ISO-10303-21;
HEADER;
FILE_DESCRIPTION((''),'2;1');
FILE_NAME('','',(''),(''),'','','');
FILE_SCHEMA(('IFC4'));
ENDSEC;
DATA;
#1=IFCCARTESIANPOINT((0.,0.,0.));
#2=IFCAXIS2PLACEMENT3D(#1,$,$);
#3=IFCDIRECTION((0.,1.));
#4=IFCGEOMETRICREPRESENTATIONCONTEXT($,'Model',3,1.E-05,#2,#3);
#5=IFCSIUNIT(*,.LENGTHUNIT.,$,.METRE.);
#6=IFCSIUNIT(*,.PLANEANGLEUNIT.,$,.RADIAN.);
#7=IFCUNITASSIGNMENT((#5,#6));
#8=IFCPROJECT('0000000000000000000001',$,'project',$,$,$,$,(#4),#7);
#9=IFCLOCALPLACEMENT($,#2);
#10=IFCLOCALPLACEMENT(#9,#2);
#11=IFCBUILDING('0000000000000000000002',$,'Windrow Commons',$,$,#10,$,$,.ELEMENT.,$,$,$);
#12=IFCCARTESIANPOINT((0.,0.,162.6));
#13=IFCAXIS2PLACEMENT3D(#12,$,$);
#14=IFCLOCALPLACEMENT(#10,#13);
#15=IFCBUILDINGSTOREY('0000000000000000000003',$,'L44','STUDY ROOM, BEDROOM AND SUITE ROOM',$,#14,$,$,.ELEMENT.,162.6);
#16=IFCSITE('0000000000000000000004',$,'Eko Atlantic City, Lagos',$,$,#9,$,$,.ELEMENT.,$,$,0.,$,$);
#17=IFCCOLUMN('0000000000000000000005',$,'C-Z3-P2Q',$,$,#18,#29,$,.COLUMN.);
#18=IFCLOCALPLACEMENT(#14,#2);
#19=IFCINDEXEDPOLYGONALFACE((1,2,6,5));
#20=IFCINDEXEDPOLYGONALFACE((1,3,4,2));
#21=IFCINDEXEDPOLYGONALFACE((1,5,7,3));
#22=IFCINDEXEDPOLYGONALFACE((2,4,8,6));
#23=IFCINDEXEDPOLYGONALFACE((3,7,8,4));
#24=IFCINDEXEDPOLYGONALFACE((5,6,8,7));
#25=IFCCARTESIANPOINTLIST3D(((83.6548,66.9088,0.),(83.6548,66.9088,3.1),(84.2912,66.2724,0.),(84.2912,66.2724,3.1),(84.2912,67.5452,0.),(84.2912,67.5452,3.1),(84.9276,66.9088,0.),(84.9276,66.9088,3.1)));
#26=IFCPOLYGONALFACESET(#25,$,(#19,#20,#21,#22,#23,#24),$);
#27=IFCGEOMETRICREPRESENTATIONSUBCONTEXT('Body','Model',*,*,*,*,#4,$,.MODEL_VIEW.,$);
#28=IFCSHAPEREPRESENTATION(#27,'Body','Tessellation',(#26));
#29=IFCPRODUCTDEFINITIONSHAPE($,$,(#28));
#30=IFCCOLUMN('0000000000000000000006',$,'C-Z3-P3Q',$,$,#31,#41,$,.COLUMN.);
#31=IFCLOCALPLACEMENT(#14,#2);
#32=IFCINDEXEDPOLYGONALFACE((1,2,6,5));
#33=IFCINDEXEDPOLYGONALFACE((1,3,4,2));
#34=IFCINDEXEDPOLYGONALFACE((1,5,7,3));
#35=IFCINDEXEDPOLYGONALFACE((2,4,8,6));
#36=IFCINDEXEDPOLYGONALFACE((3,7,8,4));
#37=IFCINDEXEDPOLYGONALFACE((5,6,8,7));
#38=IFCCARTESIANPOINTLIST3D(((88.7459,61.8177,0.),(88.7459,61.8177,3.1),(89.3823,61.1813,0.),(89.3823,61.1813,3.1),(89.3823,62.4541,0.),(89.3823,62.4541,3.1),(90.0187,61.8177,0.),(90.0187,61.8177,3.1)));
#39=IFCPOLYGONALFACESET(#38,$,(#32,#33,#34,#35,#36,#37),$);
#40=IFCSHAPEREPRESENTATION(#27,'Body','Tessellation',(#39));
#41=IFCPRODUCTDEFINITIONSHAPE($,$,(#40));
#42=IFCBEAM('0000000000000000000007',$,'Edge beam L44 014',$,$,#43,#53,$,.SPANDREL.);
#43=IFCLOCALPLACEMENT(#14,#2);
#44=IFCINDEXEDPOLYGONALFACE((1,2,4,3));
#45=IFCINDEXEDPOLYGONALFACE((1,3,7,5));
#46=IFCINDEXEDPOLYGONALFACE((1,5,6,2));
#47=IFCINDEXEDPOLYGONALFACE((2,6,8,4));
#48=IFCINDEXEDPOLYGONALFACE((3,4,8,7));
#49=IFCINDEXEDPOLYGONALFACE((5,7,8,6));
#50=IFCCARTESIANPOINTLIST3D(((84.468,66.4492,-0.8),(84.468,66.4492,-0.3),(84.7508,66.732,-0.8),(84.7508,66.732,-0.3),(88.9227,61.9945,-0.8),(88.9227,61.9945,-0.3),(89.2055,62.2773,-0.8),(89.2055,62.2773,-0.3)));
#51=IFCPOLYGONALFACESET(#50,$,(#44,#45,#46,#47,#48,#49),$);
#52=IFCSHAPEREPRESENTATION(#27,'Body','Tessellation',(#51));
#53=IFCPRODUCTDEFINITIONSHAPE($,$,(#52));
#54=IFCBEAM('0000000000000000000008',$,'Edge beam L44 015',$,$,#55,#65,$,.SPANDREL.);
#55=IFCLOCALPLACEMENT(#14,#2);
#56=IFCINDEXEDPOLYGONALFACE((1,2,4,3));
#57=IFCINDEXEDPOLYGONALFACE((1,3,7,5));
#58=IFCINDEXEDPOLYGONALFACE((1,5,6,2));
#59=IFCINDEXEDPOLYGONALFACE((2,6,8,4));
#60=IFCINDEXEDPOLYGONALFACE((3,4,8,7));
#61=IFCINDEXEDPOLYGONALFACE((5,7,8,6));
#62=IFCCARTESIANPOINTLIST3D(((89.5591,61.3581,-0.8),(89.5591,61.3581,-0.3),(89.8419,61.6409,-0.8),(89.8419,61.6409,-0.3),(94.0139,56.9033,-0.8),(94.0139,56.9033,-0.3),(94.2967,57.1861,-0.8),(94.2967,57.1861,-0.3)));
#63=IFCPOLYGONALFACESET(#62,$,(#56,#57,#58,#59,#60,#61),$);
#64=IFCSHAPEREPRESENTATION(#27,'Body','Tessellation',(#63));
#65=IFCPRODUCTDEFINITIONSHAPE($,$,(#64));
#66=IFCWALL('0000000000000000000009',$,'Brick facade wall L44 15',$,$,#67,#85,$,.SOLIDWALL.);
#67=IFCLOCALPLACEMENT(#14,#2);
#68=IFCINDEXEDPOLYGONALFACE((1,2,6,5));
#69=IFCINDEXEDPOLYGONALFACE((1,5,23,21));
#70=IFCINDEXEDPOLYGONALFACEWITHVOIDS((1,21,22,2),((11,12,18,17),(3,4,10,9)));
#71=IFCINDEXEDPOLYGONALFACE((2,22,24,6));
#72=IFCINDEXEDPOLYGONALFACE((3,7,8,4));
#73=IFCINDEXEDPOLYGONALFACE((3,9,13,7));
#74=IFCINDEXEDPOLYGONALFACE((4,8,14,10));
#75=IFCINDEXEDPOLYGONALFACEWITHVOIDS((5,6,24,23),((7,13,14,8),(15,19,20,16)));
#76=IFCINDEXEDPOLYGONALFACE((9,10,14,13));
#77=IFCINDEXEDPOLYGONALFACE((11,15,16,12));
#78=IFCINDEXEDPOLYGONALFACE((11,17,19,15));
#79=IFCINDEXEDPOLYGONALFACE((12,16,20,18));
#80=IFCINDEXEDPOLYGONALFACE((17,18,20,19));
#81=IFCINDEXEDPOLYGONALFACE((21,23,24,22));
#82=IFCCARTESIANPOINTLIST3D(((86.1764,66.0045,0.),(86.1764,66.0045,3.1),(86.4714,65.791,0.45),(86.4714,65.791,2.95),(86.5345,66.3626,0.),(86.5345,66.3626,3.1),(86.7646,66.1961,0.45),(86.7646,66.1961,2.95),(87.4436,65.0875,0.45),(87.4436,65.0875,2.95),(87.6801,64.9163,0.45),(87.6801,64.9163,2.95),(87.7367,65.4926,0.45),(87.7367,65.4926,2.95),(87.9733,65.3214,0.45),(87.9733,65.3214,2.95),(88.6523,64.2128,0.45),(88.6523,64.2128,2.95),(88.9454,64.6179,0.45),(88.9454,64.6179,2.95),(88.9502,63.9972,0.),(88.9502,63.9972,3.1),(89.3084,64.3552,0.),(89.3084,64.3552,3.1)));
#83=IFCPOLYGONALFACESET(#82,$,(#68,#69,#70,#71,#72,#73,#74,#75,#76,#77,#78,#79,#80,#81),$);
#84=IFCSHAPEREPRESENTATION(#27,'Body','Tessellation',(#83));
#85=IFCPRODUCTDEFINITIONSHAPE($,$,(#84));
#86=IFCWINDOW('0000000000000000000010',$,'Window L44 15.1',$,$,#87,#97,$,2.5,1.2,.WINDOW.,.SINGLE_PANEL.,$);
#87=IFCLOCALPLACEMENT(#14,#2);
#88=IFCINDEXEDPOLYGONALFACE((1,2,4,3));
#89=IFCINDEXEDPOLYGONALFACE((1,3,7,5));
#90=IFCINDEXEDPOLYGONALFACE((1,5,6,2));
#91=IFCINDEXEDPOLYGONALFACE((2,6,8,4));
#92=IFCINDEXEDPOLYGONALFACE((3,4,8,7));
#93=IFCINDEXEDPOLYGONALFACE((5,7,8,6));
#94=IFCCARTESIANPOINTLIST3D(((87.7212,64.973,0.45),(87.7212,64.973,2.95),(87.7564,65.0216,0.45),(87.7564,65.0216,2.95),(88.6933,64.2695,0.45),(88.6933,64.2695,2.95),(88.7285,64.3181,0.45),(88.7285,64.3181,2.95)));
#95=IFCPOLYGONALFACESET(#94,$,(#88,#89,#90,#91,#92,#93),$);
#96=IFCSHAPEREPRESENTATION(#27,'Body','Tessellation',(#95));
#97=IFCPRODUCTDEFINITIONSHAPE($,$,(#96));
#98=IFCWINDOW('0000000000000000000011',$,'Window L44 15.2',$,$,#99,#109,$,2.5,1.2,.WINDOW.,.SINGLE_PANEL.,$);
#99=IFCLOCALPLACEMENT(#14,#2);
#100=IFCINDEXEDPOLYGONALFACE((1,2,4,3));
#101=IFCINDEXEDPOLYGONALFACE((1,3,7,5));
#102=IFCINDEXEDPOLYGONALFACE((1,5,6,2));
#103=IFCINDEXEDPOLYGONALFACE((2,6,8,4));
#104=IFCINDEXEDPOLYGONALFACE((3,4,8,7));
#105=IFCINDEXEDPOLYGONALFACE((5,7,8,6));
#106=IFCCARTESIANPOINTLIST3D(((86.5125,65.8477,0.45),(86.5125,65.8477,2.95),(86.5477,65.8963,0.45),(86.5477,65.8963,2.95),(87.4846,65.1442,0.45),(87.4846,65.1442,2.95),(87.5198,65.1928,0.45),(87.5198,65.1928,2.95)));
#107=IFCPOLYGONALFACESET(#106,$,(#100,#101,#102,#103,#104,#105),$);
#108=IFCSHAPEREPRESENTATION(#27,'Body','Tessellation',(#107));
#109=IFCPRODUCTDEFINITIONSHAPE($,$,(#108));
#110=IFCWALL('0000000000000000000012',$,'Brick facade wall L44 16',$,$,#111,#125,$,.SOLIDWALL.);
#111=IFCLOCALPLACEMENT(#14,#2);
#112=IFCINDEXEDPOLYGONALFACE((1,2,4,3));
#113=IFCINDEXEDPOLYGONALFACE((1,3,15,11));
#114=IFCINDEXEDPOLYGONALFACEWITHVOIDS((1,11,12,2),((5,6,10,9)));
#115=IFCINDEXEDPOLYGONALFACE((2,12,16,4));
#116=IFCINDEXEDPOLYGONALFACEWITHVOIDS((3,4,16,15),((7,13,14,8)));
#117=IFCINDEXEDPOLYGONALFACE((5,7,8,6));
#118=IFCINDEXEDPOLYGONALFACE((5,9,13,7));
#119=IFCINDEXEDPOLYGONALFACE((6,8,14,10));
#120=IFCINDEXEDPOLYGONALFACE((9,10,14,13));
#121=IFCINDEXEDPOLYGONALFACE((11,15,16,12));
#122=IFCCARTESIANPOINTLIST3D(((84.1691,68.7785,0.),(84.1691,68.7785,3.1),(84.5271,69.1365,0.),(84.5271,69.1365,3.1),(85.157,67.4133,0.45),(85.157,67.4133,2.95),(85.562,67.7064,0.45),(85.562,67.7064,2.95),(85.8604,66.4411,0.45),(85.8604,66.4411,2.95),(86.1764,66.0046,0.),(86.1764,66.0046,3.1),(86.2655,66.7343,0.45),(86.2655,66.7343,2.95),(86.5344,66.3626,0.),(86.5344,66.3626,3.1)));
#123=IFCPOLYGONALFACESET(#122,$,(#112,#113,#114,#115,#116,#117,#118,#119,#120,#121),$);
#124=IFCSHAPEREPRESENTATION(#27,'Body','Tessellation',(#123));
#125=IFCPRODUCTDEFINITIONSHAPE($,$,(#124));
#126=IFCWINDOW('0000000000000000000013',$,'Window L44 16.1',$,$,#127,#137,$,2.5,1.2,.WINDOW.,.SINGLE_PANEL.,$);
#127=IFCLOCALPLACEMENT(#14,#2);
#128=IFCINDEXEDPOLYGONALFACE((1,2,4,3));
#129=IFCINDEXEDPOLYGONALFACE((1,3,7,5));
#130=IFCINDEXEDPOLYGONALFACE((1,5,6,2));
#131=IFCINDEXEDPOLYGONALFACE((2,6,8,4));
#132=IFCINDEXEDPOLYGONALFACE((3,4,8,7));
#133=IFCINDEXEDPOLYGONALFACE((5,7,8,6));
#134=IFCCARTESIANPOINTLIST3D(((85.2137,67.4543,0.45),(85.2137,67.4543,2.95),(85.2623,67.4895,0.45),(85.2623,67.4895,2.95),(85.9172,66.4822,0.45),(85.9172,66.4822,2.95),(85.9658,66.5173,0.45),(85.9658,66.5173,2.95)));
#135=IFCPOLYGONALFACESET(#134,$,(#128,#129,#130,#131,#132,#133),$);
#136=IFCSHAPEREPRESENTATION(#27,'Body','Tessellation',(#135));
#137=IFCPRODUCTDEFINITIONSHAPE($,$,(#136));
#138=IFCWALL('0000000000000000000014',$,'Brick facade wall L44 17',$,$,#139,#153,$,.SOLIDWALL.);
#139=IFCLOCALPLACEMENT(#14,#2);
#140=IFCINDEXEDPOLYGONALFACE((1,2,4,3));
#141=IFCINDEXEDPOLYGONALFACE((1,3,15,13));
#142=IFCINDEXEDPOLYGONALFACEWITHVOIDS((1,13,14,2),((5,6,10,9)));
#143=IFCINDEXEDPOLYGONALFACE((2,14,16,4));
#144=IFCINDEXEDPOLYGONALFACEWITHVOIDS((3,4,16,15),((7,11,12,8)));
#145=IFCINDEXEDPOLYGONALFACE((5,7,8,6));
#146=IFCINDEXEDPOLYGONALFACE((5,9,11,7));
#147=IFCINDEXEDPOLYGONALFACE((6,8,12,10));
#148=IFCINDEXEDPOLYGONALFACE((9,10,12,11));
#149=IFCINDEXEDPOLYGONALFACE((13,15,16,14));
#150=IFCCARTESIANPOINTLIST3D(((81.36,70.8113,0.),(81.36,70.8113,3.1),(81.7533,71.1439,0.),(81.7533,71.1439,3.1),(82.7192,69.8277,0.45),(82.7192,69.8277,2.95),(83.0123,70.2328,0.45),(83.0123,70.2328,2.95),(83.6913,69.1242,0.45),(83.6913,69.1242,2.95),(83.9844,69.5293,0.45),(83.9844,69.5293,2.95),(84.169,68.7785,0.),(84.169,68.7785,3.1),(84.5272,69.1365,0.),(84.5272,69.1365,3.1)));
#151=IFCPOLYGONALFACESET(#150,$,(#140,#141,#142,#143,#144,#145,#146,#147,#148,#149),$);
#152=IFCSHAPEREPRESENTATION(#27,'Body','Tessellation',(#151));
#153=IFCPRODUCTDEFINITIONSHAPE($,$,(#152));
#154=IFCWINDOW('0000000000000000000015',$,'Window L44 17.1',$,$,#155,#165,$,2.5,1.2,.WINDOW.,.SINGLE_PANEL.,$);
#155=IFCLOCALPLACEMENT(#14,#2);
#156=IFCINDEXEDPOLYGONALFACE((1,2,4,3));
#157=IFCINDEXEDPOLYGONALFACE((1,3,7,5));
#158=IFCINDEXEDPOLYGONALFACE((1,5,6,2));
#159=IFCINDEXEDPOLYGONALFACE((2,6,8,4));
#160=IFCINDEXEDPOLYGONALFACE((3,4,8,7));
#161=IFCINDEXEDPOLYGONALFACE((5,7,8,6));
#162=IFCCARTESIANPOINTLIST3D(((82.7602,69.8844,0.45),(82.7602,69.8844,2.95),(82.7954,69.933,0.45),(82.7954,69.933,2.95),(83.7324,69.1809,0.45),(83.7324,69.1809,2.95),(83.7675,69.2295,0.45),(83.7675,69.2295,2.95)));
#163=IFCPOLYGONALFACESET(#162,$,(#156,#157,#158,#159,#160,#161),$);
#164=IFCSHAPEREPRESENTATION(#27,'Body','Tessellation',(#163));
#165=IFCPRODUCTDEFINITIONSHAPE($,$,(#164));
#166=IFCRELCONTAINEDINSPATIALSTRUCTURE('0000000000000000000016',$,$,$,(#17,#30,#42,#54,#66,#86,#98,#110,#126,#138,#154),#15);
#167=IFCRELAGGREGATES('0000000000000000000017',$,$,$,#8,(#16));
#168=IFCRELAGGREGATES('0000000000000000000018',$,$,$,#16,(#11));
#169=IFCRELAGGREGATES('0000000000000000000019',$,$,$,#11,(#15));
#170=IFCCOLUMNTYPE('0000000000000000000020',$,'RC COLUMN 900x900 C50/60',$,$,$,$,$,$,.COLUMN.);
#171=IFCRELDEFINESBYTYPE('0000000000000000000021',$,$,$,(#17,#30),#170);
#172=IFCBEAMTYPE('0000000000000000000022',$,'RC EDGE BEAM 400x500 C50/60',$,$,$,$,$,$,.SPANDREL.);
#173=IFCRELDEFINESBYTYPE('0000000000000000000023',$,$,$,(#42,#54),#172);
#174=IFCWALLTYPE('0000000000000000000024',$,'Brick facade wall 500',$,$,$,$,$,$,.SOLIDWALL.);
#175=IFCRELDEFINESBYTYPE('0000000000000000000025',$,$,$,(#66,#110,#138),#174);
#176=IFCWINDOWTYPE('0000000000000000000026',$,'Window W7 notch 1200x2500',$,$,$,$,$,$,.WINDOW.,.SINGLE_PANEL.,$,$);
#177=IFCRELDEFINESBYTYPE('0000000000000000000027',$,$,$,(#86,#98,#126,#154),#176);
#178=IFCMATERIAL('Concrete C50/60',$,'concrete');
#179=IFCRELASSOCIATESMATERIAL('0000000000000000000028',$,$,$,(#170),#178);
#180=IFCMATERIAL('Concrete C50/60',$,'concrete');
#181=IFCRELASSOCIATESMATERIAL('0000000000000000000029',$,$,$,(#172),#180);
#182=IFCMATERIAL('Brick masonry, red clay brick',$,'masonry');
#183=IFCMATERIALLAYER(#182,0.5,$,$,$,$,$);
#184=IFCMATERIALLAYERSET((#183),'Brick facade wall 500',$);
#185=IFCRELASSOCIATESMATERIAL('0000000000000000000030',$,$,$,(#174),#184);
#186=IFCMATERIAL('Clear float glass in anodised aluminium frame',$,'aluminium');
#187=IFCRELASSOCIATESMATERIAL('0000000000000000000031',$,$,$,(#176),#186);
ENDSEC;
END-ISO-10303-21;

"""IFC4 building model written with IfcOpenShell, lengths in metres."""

from ifc_helpers import new_model, si_unit, direction, frame, frame_2d, origin, origin_2d, place, context, subcontext, project, spatial, polyline, rectangle, outline, extrude, material, layer, layer_set, material_profile, profile_set, type_object, element, fill, save


model = new_model("IFC4")

# Units and contexts
model_context = context("Model", 3, precision=1e-05, world=origin(), true_north=direction((0.0, 1.0)))
body_context = subcontext(model_context, "Body", "Model", "MODEL_VIEW")
ifc_project = project(units=[si_unit("LENGTHUNIT", "METRE"), si_unit("PLANEANGLEUNIT", "RADIAN")], contexts=[model_context])

# Site, building, storey
site_placement = place(None, origin())
site = spatial("IfcSite", under=ifc_project, at=site_placement, Name="Eko Atlantic City, Lagos", CompositionType="ELEMENT", RefElevation=0.0)
building_placement = place(site_placement, origin())
building = spatial("IfcBuilding", under=site, at=building_placement, Name="Windrow Commons", CompositionType="ELEMENT")
storey_placement = place(building_placement, frame((0.0, 0.0, 162.6)))
storey = spatial("IfcBuildingStorey", under=building, at=storey_placement, Name="L44", Description="STUDY ROOM, BEDROOM AND SUITE ROOM", CompositionType="ELEMENT", Elevation=162.6)

# Columns
ifc_material_1 = material(Name="Concrete C50/60", Category="concrete")
ifc_material_profile_1 = material_profile(ifc_material_1, rectangle(XDim=0.9, YDim=0.9, at=origin_2d()))
ifc_profile_set_1 = profile_set([ifc_material_profile_1], Name="Concrete C50/60")
column_type = type_object("IfcColumnType", Name="RC COLUMN 900x900 C50/60", PredefinedType="COLUMN", material=ifc_profile_set_1)
for number, where, z_axis, x_axis, name in (
    (1, (84.2912, 66.9088, 0.0), (0.0, 0.0, 1.0), (0.707107, -0.707107, 0.0), "C-Z3-P2Q"),
    (2, (89.3823, 61.8177, 0.0), (0.0, 0.0, 1.0), (0.707107, -0.707107, 0.0), "C-Z3-P3Q"),
):
    element("IfcColumn", number, at=place(storey_placement, frame(where, z_axis=z_axis, x_axis=x_axis)), inside=storey, type_object=column_type, Name=name, PredefinedType="COLUMN", context=body_context, shape_type="SweptSolid", body=[
        extrude(rectangle(XDim=0.9, YDim=0.9, at=origin_2d()), origin(), (0.0, 0.0, 1.0), 3.1),
    ])

# Beams
ifc_material_2 = material(Name="Concrete C50/60", Category="concrete")
ifc_material_profile_2 = material_profile(ifc_material_2, rectangle(XDim=0.4, YDim=0.5, at=origin_2d()))
ifc_profile_set_2 = profile_set([ifc_material_profile_2], Name="Concrete C50/60")
beam_type = type_object("IfcBeamType", Name="RC EDGE BEAM 400x500 C50/60", PredefinedType="SPANDREL", material=ifc_profile_set_2)
beam_1_placement = place(storey_placement, frame((84.6094, 66.5906, -0.55), z_axis=(0.707107, -0.707107, 0.0), x_axis=(0.707107, 0.707107, 0.0)))
element("IfcBeam", 3, at=beam_1_placement, inside=storey, type_object=beam_type, Name="Edge beam L44 014", PredefinedType="SPANDREL", context=body_context, shape_type="SweptSolid", body=[
    extrude(rectangle(XDim=0.4, YDim=0.5, at=origin_2d()), origin(), (0.0, 0.0, 1.0), 6.2999),
])
beam_2_placement = place(storey_placement, frame((89.7005, 61.4995, -0.55), z_axis=(0.707107, -0.707107, 0.0), x_axis=(0.707107, 0.707107, 0.0)))
element("IfcBeam", 4, at=beam_2_placement, inside=storey, type_object=beam_type, Name="Edge beam L44 015", PredefinedType="SPANDREL", context=body_context, shape_type="SweptSolid", body=[
    extrude(rectangle(XDim=0.4, YDim=0.5, at=origin_2d()), origin(), (0.0, 0.0, 1.0), 6.3),
])

# Wall, openings, windows
ifc_material_3 = material(Name="Brick masonry, red clay brick", Category="masonry")
ifc_layer_1 = layer(ifc_material_3, 0.5)
ifc_layer_set_1 = layer_set([ifc_layer_1], Name="Brick facade wall 500")
wall_type_1 = type_object("IfcWallType", Name="Brick facade wall 500", PredefinedType="SOLIDWALL", material=ifc_layer_set_1)
wall_1_placement = place(storey_placement, frame((89.1293, 64.1762, 0.0), z_axis=(0.0, 0.0, 1.0), x_axis=(-0.810121, 0.586263, 0.0)))
wall_1 = element("IfcWall", 5, at=wall_1_placement, inside=storey, type_object=wall_type_1, Name="Brick facade wall L44 15", PredefinedType="SOLIDWALL", context=body_context, shape_type="SweptSolid", body=[
    extrude(outline(polyline([(-0.0401, -0.25), (3.3839, -0.25), (3.4641, 0.25), (0.0401, 0.25), (-0.0401, -0.25)])), origin(), (0.0, 0.0, 1.0), 3.1),
])
opening_1_placement = place(wall_1_placement, frame((0.4079, 0.0, 0.45)))
opening_1 = element("IfcOpeningElement", 6, at=opening_1_placement, cuts=wall_1, PredefinedType="OPENING", context=body_context, shape_type="SweptSolid", body=[
    extrude(rectangle(XDim=1.2, YDim=2.5, at=frame_2d((0.6, 1.25))), frame((0.0, 0.26, 0.0), z_axis=(0.0, -1.0, 0.0), x_axis=(1.0, 0.0, 0.0)), (0.0, 0.0, 1.0), 0.52),
])
opening_2_placement = place(wall_1_placement, frame((1.8999, 0.0, 0.45)))
opening_2 = element("IfcOpeningElement", 7, at=opening_2_placement, cuts=wall_1, PredefinedType="OPENING", context=body_context, shape_type="SweptSolid", body=[
    extrude(rectangle(XDim=1.2, YDim=2.5, at=frame_2d((0.6, 1.25))), frame((0.0, 0.26, 0.0), z_axis=(0.0, -1.0, 0.0), x_axis=(1.0, 0.0, 0.0)), (0.0, 0.0, 1.0), 0.52),
])
ifc_material_4 = material(Name="Clear float glass in anodised aluminium frame", Category="aluminium")
window_type = type_object("IfcWindowType", Name="Window W7 notch 1200x2500", PartitioningType="SINGLE_PANEL", PredefinedType="WINDOW", material=ifc_material_4)
window_1_placement = place(opening_1_placement, origin())
window_1 = element("IfcWindow", 8, at=window_1_placement, inside=storey, type_object=window_type, Name="Window L44 15.1", OverallHeight=2.5, OverallWidth=1.2, PartitioningType="SINGLE_PANEL", PredefinedType="WINDOW", context=body_context, shape_type="SweptSolid", body=[
    extrude(rectangle(XDim=1.2, YDim=2.5, at=frame_2d((0.6, 1.25))), frame((0.0, 0.18, 0.0), z_axis=(0.0, -1.0, 0.0), x_axis=(1.0, 0.0, 0.0)), (0.0, 0.0, 1.0), 0.06),
])
fill(opening_1, window_1)
window_2_placement = place(opening_2_placement, origin())
window_2 = element("IfcWindow", 9, at=window_2_placement, inside=storey, type_object=window_type, Name="Window L44 15.2", OverallHeight=2.5, OverallWidth=1.2, PartitioningType="SINGLE_PANEL", PredefinedType="WINDOW", context=body_context, shape_type="SweptSolid", body=[
    extrude(rectangle(XDim=1.2, YDim=2.5, at=frame_2d((0.6, 1.25))), frame((0.0, 0.18, 0.0), z_axis=(0.0, -1.0, 0.0), x_axis=(1.0, 0.0, 0.0)), (0.0, 0.0, 1.0), 0.06),
])
fill(opening_2, window_2)

# Walls, openings, windows
wall_2_placement = place(storey_placement, frame((86.3554, 66.1836, 0.0), z_axis=(0.0, 0.0, 1.0), x_axis=(-0.586244, 0.810134, 0.0)))
wall_2 = element("IfcWall", 10, at=wall_2_placement, inside=storey, type_object=wall_type_1, Name="Brick facade wall L44 16", PredefinedType="SOLIDWALL", context=body_context, shape_type="SweptSolid", body=[
    extrude(outline(polyline([(0.0401, -0.25), (3.4641, -0.25), (3.3839, 0.25), (-0.0401, 0.25), (0.0401, -0.25)])), origin(), (0.0, 0.0, 1.0), 3.1),
])
opening_3_placement = place(wall_2_placement, frame((0.4988, 0.0, 0.45)))
opening_3 = element("IfcOpeningElement", 11, at=opening_3_placement, cuts=wall_2, PredefinedType="OPENING", context=body_context, shape_type="SweptSolid", body=[
    extrude(rectangle(XDim=1.2, YDim=2.5, at=frame_2d((0.6, 1.25))), frame((0.0, 0.26, 0.0), z_axis=(0.0, -1.0, 0.0), x_axis=(1.0, 0.0, 0.0)), (0.0, 0.0, 1.0), 0.52),
])
window_3_placement = place(opening_3_placement, origin())
window_3 = element("IfcWindow", 12, at=window_3_placement, inside=storey, type_object=window_type, Name="Window L44 16.1", OverallHeight=2.5, OverallWidth=1.2, PartitioningType="SINGLE_PANEL", PredefinedType="WINDOW", context=body_context, shape_type="SweptSolid", body=[
    extrude(rectangle(XDim=1.2, YDim=2.5, at=frame_2d((0.6, 1.25))), frame((0.0, 0.18, 0.0), z_axis=(0.0, -1.0, 0.0), x_axis=(1.0, 0.0, 0.0)), (0.0, 0.0, 1.0), 0.06),
])
fill(opening_3, window_3)
wall_3_placement = place(storey_placement, frame((84.3481, 68.9575, 0.0), z_axis=(0.0, 0.0, 1.0), x_axis=(-0.810126, 0.586256, 0.0)))
wall_3 = element("IfcWall", 13, at=wall_3_placement, inside=storey, type_object=wall_type_1, Name="Brick facade wall L44 17", PredefinedType="SOLIDWALL", context=body_context, shape_type="SweptSolid", body=[
    extrude(outline(polyline([(-0.0401, -0.25), (3.3839, -0.25), (3.5075, 0.25), (0.0401, 0.25), (-0.0401, -0.25)])), origin(), (0.0, 0.0, 1.0), 3.1),
])
opening_4_placement = place(wall_3_placement, frame((0.6298, 0.0, 0.45)))
opening_4 = element("IfcOpeningElement", 14, at=opening_4_placement, cuts=wall_3, PredefinedType="OPENING", context=body_context, shape_type="SweptSolid", body=[
    extrude(rectangle(XDim=1.2, YDim=2.5, at=frame_2d((0.6, 1.25))), frame((0.0, 0.26, 0.0), z_axis=(0.0, -1.0, 0.0), x_axis=(1.0, 0.0, 0.0)), (0.0, 0.0, 1.0), 0.52),
])
window_4_placement = place(opening_4_placement, origin())
window_4 = element("IfcWindow", 15, at=window_4_placement, inside=storey, type_object=window_type, Name="Window L44 17.1", OverallHeight=2.5, OverallWidth=1.2, PartitioningType="SINGLE_PANEL", PredefinedType="WINDOW", context=body_context, shape_type="SweptSolid", body=[
    extrude(rectangle(XDim=1.2, YDim=2.5, at=frame_2d((0.6, 1.25))), frame((0.0, 0.18, 0.0), z_axis=(0.0, -1.0, 0.0), x_axis=(1.0, 0.0, 0.0)), (0.0, 0.0, 1.0), 0.06),
])
fill(opening_4, window_4)

save(model, "model.ifc")
